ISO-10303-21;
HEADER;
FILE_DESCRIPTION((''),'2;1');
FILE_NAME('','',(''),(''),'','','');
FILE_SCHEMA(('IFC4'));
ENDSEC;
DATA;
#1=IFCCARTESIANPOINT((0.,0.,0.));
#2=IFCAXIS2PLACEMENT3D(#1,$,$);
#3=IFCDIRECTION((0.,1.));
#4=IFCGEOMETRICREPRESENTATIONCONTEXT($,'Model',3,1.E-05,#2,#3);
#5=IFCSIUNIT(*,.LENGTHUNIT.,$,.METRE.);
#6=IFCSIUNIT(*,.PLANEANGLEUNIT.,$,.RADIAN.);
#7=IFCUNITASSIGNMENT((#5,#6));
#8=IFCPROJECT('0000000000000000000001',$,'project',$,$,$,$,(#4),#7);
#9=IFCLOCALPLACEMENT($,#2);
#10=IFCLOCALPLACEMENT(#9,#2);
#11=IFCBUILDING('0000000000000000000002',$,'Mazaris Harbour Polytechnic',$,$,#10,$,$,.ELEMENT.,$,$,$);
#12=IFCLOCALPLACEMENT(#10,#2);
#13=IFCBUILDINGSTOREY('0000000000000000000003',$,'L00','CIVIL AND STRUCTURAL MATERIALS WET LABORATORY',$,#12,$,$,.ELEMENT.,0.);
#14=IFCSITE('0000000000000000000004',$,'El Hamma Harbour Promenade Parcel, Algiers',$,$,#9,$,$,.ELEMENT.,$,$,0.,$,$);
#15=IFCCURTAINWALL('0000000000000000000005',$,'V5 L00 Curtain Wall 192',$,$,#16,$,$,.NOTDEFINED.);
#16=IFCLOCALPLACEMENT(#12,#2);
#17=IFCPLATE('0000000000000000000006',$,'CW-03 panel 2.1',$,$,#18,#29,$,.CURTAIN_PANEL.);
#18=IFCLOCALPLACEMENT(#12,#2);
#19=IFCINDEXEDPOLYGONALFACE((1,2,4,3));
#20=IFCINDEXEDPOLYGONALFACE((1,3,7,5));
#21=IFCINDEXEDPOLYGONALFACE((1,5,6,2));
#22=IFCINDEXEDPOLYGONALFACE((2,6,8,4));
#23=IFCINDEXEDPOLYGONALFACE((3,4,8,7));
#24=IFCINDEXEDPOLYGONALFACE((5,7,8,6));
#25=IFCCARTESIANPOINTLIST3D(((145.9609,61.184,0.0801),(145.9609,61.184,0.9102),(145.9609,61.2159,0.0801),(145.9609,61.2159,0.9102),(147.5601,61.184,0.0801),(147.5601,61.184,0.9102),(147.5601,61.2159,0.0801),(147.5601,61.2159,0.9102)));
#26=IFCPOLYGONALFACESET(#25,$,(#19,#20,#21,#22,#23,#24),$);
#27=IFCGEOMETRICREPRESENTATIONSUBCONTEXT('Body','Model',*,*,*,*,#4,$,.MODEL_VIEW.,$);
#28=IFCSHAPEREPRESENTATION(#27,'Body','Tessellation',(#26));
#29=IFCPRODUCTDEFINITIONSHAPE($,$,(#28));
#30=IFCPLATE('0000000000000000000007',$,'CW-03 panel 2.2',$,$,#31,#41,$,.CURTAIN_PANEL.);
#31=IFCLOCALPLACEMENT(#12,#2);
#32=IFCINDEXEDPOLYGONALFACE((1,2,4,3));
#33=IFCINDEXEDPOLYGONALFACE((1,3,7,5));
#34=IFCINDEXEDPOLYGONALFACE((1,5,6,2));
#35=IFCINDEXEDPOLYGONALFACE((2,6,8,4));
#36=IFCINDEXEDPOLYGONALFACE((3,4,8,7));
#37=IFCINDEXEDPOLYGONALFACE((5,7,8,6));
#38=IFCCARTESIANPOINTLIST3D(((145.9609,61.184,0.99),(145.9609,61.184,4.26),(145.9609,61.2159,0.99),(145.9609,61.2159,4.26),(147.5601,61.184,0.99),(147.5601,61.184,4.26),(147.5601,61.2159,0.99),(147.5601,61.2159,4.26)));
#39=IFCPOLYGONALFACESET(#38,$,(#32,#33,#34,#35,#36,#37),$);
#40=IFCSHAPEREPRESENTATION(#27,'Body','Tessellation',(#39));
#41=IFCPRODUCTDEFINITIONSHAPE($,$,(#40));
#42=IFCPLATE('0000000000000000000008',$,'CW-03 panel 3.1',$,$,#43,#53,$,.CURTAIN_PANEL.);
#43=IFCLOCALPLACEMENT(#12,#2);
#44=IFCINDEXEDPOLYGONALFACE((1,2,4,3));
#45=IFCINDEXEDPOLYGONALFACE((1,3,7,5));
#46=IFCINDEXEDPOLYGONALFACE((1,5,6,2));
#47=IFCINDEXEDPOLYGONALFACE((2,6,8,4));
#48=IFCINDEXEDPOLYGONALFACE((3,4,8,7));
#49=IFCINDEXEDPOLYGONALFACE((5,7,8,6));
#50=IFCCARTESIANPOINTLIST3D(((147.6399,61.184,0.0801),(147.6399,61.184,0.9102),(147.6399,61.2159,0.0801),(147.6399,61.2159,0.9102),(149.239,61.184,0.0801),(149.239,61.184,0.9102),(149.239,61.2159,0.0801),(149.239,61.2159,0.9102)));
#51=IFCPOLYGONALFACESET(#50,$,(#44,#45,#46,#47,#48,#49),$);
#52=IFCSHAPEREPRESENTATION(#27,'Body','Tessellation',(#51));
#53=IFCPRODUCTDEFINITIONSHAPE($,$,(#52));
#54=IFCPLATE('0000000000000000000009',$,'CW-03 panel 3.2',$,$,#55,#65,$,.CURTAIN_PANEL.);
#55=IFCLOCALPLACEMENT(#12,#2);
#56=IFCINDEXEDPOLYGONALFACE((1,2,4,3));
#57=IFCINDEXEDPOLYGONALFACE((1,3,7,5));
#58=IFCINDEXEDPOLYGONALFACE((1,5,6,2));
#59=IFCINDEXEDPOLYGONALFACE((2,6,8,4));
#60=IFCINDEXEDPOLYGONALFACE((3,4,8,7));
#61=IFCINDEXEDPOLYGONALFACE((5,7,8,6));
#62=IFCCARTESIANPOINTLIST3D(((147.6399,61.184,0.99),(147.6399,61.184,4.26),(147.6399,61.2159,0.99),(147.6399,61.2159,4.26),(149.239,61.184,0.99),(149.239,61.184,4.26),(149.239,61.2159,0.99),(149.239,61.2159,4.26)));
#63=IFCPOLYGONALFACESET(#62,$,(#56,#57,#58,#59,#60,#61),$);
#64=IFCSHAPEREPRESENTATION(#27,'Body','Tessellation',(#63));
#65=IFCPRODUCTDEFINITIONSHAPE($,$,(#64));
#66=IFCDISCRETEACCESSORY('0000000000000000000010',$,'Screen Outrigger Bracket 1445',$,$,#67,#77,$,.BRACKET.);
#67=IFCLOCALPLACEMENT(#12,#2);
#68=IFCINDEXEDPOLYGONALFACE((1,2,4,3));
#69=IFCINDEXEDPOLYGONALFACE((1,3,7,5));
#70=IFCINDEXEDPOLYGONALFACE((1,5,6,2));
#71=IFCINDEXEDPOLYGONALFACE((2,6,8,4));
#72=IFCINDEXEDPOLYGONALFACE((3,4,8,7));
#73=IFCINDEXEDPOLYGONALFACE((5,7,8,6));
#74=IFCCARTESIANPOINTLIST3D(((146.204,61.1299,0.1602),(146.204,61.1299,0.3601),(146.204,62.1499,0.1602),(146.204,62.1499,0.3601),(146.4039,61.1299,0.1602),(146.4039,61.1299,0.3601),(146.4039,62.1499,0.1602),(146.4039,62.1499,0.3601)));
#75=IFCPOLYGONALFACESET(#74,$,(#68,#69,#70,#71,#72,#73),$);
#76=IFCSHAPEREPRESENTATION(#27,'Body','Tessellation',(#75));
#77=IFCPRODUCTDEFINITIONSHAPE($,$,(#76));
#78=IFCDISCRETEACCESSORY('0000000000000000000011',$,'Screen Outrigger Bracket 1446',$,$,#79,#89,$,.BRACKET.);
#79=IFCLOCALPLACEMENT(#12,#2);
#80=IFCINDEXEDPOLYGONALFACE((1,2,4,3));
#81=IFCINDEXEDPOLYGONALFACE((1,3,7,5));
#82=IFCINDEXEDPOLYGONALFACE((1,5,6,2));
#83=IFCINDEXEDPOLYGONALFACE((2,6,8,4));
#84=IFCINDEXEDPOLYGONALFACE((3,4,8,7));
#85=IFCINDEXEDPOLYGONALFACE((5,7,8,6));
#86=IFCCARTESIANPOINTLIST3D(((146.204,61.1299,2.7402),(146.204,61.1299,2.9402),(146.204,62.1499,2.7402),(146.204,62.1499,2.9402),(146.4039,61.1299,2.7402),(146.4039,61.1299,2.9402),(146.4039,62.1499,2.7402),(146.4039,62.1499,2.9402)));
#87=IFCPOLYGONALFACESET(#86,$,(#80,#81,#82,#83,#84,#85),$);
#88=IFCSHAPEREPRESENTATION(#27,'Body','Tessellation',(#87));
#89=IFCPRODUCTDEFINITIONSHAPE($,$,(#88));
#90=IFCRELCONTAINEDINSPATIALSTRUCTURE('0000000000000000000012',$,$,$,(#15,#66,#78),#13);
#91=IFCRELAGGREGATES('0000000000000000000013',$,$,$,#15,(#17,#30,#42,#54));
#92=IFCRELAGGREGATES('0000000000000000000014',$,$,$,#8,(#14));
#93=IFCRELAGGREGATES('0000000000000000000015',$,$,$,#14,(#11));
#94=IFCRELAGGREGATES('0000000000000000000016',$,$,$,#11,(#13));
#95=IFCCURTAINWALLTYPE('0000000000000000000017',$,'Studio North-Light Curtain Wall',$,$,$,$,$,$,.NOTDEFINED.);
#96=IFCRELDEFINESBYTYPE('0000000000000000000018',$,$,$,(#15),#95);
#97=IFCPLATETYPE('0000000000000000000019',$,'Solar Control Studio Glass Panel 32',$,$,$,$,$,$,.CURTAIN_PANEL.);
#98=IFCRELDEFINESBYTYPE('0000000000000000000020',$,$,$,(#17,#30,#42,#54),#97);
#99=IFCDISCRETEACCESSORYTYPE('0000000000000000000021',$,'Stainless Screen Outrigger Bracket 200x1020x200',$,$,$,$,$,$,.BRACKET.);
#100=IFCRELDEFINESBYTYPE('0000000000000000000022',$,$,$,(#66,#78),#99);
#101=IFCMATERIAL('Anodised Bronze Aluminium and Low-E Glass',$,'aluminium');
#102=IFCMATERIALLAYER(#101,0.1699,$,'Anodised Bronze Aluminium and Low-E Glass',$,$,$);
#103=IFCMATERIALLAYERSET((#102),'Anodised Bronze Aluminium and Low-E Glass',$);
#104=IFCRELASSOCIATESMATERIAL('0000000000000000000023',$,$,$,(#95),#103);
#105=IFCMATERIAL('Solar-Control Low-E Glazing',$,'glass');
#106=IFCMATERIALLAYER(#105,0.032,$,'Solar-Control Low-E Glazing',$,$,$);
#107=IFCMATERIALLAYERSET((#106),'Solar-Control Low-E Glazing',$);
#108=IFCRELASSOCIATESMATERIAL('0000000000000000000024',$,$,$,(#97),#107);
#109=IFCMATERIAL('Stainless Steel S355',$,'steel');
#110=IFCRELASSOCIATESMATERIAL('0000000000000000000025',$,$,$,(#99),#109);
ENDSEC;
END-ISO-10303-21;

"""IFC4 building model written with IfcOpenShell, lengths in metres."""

from ifc_helpers import new_model, si_unit, direction, frame, origin, origin_2d, place, context, subcontext, project, spatial, rectangle, extrude, material, layer, layer_set, type_object, element, aggregate, save


model = new_model("IFC4")

# Units and contexts
model_context = context("Model", 3, precision=1e-05, world=origin(), true_north=direction((0.0, 1.0)))
body_context = subcontext(model_context, "Body", "Model", "MODEL_VIEW")
ifc_project = project(units=[si_unit("LENGTHUNIT", "METRE"), si_unit("PLANEANGLEUNIT", "RADIAN")], contexts=[model_context])

# Site, building, storey
site_placement = place(None, origin())
site = spatial("IfcSite", under=ifc_project, at=site_placement, Name="El Hamma Harbour Promenade Parcel, Algiers", CompositionType="ELEMENT", RefElevation=0.0)
building_placement = place(site_placement, origin())
building = spatial("IfcBuilding", under=site, at=building_placement, Name="Mazaris Harbour Polytechnic", CompositionType="ELEMENT")
storey_placement = place(building_placement, origin())
storey = spatial("IfcBuildingStorey", under=building, at=storey_placement, Name="L00", Description="CIVIL AND STRUCTURAL MATERIALS WET LABORATORY", CompositionType="ELEMENT", Elevation=0.0)

# Curtain wall
ifc_material_1 = material(Name="Anodised Bronze Aluminium and Low-E Glass", Category="aluminium")
ifc_layer_1 = layer(ifc_material_1, 0.1699, Name="Anodised Bronze Aluminium and Low-E Glass")
ifc_layer_set_1 = layer_set([ifc_layer_1], Name="Anodised Bronze Aluminium and Low-E Glass")
curtain_wall_type = type_object("IfcCurtainWallType", Name="Studio North-Light Curtain Wall", PredefinedType="NOTDEFINED", material=ifc_layer_set_1)
curtain_wall_1_placement = place(storey_placement, origin())
curtain_wall_1 = element("IfcCurtainWall", 1, at=curtain_wall_1_placement, inside=storey, type_object=curtain_wall_type, Name="V5 L00 Curtain Wall 192", PredefinedType="NOTDEFINED")

# Plates
ifc_material_2 = material(Name="Solar-Control Low-E Glazing", Category="glass")
ifc_layer_2 = layer(ifc_material_2, 0.032, Name="Solar-Control Low-E Glazing")
ifc_layer_set_2 = layer_set([ifc_layer_2], Name="Solar-Control Low-E Glazing")
plate_type = type_object("IfcPlateType", Name="Solar Control Studio Glass Panel 32", PredefinedType="CURTAIN_PANEL", material=ifc_layer_set_2)
plate_1_placement = place(storey_placement, frame((146.7605, 61.2, 0.0801), z_axis=(0.0, 0.0, 1.0), x_axis=(1.0, 0.0, 0.0)))
plate_1 = element("IfcPlate", 2, at=plate_1_placement, type_object=plate_type, Name="CW-03 panel 2.1", PredefinedType="CURTAIN_PANEL", context=body_context, shape_type="SweptSolid", body=[
    extrude(rectangle(XDim=1.5991, YDim=0.032, at=origin_2d()), origin(), (0.0, 0.0, 1.0), 0.8301),
])
plate_2_placement = place(storey_placement, frame((146.7605, 61.2, 0.99), z_axis=(0.0, 0.0, 1.0), x_axis=(1.0, 0.0, 0.0)))
plate_2 = element("IfcPlate", 3, at=plate_2_placement, type_object=plate_type, Name="CW-03 panel 2.2", PredefinedType="CURTAIN_PANEL", context=body_context, shape_type="SweptSolid", body=[
    extrude(rectangle(XDim=1.5991, YDim=0.032, at=origin_2d()), origin(), (0.0, 0.0, 1.0), 3.27),
])
plate_3_placement = place(storey_placement, frame((148.4395, 61.2, 0.0801), z_axis=(0.0, 0.0, 1.0), x_axis=(1.0, 0.0, 0.0)))
plate_3 = element("IfcPlate", 4, at=plate_3_placement, type_object=plate_type, Name="CW-03 panel 3.1", PredefinedType="CURTAIN_PANEL", context=body_context, shape_type="SweptSolid", body=[
    extrude(rectangle(XDim=1.5991, YDim=0.032, at=origin_2d()), origin(), (0.0, 0.0, 1.0), 0.8301),
])
plate_4_placement = place(storey_placement, frame((148.4395, 61.2, 0.99), z_axis=(0.0, 0.0, 1.0), x_axis=(1.0, 0.0, 0.0)))
plate_4 = element("IfcPlate", 5, at=plate_4_placement, type_object=plate_type, Name="CW-03 panel 3.2", PredefinedType="CURTAIN_PANEL", context=body_context, shape_type="SweptSolid", body=[
    extrude(rectangle(XDim=1.5991, YDim=0.032, at=origin_2d()), origin(), (0.0, 0.0, 1.0), 3.27),
])
aggregate(curtain_wall_1, [plate_1, plate_2, plate_3, plate_4])

# Discrete accessories
ifc_material_3 = material(Name="Stainless Steel S355", Category="steel")
discrete_accessory_type = type_object("IfcDiscreteAccessoryType", Name="Stainless Screen Outrigger Bracket 200x1020x200", PredefinedType="BRACKET", material=ifc_material_3)
for number, where, z_axis, x_axis, name in (
    (6, (146.304, 61.6399, 0.1602), (0.0, 0.0, 1.0), (1.0, 0.0, 0.0), "Screen Outrigger Bracket 1445"),
    (7, (146.304, 61.6399, 2.7402), (0.0, 0.0, 1.0), (1.0, 0.0, 0.0), "Screen Outrigger Bracket 1446"),
):
    element("IfcDiscreteAccessory", number, at=place(storey_placement, frame(where, z_axis=z_axis, x_axis=x_axis)), inside=storey, type_object=discrete_accessory_type, Name=name, PredefinedType="BRACKET", context=body_context, shape_type="SweptSolid", body=[
        extrude(rectangle(XDim=0.2, YDim=1.02, at=origin_2d()), origin(), (0.0, 0.0, 1.0), 0.2),
    ])

save(model, "model.ifc")
